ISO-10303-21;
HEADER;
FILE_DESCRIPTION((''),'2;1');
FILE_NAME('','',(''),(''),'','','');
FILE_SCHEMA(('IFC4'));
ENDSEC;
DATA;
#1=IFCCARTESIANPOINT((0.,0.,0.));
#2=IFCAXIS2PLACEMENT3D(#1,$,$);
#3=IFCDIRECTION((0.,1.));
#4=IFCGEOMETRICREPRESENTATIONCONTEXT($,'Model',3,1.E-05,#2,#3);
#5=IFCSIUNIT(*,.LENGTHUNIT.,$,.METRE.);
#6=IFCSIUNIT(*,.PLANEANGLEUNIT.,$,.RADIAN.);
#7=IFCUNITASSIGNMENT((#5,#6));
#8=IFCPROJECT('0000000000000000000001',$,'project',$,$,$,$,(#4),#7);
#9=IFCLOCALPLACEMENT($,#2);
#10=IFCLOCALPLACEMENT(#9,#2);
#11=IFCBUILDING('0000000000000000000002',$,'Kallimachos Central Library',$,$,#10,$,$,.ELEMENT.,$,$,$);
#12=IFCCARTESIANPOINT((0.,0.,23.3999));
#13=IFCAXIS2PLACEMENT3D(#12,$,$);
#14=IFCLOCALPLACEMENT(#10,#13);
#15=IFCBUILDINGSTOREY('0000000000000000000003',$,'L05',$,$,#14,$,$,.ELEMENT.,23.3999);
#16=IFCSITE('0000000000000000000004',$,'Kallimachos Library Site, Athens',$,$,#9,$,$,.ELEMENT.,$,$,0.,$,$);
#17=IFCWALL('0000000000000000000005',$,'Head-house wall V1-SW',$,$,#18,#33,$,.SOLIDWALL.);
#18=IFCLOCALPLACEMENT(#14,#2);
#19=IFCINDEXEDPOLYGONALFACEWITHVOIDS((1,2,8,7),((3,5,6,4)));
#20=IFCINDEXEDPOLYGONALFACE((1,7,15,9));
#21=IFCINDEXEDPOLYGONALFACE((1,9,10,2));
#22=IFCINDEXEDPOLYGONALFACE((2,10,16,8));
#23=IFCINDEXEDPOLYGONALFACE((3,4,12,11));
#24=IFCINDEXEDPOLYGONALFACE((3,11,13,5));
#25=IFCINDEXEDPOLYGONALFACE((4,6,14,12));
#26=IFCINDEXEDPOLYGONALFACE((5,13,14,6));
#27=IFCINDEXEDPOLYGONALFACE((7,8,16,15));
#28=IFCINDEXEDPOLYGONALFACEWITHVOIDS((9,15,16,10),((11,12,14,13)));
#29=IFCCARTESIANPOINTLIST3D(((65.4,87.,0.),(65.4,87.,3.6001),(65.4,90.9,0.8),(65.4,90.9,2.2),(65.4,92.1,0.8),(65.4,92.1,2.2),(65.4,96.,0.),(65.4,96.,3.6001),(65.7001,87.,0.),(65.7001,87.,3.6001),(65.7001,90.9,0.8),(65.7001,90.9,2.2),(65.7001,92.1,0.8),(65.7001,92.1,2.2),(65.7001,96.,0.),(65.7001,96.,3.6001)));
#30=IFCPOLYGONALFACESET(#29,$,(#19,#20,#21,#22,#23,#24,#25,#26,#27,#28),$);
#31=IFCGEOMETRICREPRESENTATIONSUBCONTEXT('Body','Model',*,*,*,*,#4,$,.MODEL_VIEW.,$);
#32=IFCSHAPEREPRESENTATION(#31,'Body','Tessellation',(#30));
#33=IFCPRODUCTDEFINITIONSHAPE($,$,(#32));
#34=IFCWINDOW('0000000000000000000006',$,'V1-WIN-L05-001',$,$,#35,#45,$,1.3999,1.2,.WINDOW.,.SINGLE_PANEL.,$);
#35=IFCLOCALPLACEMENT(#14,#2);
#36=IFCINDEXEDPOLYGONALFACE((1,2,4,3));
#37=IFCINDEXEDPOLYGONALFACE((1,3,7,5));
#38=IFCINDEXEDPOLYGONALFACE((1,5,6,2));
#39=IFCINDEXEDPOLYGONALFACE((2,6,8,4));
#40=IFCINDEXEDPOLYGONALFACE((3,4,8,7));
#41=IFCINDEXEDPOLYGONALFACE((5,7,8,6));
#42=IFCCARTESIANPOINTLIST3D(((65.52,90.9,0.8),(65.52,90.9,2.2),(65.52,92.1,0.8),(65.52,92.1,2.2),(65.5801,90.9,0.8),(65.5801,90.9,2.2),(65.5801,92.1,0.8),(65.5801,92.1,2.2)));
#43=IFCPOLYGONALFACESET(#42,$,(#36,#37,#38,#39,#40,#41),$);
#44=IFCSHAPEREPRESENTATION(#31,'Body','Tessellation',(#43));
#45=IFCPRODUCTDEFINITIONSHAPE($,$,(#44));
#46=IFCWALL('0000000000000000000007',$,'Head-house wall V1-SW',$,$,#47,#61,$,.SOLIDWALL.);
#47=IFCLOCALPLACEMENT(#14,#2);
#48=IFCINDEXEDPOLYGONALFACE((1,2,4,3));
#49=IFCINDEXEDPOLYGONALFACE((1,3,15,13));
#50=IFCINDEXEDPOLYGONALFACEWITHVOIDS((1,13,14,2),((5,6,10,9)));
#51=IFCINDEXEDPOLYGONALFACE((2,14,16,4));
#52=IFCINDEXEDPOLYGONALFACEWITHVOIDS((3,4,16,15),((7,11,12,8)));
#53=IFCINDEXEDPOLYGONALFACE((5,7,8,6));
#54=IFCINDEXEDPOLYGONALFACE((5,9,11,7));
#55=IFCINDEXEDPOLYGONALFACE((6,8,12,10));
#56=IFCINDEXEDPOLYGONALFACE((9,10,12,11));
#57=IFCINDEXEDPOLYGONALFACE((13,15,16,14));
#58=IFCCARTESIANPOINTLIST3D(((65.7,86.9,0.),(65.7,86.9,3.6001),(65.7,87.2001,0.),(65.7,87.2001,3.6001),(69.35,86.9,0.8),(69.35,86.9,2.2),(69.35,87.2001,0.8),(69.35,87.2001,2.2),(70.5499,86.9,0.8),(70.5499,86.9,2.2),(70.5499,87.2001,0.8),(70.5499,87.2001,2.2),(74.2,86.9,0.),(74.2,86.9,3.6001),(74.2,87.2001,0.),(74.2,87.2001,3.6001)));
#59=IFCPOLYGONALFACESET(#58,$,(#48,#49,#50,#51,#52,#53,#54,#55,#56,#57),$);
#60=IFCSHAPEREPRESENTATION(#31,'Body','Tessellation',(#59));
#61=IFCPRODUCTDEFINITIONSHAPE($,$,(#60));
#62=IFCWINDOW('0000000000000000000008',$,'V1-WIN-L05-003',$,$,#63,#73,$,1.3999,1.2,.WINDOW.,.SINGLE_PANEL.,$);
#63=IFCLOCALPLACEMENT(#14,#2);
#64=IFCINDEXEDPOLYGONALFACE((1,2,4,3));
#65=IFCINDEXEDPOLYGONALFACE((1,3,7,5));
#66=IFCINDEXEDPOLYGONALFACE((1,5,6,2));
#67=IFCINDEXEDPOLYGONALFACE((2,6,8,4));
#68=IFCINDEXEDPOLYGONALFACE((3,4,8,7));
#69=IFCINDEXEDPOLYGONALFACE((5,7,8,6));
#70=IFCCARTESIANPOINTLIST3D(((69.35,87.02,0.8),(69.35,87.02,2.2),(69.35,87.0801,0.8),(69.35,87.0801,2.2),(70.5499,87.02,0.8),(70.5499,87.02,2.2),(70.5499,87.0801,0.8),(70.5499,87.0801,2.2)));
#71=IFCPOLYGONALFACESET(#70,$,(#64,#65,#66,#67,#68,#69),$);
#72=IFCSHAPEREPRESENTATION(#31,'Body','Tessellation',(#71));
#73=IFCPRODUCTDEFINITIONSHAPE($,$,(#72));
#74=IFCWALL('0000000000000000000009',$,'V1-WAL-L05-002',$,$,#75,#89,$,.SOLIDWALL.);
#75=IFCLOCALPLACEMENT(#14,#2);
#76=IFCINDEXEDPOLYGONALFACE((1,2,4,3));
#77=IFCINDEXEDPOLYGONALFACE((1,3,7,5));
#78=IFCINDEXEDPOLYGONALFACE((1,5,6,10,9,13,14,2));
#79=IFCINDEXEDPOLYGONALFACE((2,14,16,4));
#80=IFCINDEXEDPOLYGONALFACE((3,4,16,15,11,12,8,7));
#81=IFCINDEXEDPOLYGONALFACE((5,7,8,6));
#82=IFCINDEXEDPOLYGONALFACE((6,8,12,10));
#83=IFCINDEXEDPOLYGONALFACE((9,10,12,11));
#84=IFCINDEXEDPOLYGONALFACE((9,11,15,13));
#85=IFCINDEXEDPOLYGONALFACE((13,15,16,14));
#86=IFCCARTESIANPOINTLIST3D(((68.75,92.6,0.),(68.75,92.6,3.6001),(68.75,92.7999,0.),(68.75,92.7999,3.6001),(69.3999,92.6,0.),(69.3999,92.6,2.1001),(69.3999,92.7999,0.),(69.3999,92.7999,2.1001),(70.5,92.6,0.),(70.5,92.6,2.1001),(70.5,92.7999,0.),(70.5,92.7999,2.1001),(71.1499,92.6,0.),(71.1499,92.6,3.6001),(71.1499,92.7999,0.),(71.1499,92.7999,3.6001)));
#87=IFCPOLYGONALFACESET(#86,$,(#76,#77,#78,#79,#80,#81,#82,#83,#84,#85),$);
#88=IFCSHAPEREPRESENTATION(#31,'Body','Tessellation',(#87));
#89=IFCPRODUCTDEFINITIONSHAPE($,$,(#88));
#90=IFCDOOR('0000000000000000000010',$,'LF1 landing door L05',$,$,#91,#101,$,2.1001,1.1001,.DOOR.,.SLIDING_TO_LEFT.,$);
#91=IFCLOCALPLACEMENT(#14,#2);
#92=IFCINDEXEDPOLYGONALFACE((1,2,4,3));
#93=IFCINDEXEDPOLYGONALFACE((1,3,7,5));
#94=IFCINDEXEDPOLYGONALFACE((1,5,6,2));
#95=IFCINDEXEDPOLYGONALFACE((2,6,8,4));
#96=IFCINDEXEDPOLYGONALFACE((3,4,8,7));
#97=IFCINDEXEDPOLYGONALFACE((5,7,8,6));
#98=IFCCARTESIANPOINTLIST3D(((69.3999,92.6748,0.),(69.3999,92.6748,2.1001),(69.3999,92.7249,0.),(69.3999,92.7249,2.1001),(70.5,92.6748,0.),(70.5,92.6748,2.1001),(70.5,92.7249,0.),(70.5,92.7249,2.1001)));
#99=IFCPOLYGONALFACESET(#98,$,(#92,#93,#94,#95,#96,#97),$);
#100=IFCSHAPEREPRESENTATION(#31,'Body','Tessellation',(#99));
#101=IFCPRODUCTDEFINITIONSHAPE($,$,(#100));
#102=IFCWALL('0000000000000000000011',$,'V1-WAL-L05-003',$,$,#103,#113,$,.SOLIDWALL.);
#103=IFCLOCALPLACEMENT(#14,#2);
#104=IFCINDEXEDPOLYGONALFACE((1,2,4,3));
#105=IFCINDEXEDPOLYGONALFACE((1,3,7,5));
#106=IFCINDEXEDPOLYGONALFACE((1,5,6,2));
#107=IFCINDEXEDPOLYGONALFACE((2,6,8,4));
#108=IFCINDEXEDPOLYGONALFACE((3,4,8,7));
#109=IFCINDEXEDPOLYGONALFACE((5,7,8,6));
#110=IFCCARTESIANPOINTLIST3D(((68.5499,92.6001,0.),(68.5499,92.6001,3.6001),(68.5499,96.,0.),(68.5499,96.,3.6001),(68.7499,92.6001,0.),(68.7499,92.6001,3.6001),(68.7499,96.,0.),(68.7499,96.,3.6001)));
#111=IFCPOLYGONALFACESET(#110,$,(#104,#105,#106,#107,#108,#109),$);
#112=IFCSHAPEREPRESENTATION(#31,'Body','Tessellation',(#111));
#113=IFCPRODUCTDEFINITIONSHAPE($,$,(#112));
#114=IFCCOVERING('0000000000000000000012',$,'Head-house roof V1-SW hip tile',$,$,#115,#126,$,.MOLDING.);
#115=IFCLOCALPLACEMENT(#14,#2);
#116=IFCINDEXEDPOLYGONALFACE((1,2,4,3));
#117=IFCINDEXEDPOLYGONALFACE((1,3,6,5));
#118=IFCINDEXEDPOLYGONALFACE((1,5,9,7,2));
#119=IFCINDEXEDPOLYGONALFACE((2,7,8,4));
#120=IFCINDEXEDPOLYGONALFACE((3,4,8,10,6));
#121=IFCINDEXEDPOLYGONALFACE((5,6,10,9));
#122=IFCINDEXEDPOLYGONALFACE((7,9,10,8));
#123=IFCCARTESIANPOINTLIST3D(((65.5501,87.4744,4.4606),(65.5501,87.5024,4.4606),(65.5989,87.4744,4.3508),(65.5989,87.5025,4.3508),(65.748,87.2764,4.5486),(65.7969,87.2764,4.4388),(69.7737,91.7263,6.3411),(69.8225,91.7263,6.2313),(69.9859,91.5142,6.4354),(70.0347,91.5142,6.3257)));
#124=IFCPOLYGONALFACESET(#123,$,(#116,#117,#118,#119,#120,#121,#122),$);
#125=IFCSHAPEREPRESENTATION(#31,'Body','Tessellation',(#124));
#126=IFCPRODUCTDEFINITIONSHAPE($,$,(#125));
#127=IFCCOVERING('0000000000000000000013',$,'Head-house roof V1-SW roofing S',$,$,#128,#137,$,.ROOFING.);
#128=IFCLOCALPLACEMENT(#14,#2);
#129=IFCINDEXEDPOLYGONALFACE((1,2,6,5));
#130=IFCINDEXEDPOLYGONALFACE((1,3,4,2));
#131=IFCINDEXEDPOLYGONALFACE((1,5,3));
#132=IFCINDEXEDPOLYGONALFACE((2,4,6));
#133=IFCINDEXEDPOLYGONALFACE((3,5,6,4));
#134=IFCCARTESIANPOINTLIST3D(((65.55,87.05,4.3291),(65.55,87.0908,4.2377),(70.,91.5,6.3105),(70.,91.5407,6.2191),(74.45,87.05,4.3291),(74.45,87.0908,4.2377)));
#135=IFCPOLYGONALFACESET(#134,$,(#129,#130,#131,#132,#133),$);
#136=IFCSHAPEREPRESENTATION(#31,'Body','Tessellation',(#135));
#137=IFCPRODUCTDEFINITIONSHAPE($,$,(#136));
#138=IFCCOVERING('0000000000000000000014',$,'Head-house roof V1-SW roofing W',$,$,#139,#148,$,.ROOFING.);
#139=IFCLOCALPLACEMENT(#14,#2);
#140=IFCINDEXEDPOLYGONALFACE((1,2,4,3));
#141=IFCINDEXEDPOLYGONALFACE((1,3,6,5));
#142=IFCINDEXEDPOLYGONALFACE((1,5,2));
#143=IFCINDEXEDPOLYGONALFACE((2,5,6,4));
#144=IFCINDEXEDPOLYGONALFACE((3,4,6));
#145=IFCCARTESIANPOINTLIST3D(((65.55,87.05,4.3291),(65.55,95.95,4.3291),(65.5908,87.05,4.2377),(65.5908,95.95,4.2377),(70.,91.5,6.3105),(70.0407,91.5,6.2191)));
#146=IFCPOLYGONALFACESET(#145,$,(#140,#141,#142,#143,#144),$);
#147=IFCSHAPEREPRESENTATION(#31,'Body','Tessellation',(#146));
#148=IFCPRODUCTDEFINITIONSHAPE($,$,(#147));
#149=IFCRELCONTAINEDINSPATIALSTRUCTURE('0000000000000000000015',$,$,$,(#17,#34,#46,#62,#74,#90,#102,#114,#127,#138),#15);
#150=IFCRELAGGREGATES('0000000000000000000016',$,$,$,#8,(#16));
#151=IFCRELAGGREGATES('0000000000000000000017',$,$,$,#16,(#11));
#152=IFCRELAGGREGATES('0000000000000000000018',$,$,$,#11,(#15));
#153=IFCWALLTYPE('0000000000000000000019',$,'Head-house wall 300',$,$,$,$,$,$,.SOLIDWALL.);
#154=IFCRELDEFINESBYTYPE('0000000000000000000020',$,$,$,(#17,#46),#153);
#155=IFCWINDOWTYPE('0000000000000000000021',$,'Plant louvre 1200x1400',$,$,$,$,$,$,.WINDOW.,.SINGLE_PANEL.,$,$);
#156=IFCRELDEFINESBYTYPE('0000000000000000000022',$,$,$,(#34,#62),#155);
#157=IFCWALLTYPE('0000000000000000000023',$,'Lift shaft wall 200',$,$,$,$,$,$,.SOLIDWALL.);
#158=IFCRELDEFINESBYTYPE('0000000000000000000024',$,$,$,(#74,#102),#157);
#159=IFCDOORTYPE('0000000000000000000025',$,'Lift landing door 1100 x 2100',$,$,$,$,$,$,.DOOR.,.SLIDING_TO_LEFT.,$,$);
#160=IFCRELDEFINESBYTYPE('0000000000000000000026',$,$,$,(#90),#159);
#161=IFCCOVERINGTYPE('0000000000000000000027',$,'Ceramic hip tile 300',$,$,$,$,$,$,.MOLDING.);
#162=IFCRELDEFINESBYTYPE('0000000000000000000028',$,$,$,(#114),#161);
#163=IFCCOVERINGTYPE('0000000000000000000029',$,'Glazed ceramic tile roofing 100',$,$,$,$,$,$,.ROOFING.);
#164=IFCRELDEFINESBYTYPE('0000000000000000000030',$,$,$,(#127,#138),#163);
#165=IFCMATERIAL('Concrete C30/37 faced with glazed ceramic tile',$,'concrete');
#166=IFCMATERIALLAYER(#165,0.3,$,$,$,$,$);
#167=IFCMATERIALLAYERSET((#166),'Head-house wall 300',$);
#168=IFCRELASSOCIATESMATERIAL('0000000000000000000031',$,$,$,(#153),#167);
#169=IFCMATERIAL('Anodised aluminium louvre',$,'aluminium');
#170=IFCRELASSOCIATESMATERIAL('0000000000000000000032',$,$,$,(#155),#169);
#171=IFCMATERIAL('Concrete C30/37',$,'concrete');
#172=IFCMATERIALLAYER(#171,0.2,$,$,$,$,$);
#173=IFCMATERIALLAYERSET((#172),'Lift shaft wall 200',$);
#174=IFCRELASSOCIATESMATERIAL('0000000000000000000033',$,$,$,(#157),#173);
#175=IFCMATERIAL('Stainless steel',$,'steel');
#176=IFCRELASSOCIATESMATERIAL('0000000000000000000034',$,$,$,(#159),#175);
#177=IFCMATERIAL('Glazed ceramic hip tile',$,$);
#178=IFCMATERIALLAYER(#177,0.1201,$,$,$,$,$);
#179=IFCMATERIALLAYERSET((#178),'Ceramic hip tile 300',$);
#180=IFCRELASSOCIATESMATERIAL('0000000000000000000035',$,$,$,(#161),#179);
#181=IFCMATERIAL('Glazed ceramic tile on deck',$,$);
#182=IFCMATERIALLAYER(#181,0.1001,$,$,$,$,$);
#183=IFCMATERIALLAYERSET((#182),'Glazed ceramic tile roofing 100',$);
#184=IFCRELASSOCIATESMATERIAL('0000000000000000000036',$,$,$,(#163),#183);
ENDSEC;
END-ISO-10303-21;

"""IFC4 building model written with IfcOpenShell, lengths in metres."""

from ifc_helpers import new_model, si_unit, direction, frame, frame_2d, origin, place, context, subcontext, project, spatial, polyline, rectangle, outline, extrude, material, layer, layer_set, type_object, element, fill, save


model = new_model("IFC4")

# Units and contexts
model_context = context("Model", 3, precision=1e-05, world=origin(), true_north=direction((0.0, 1.0)))
body_context = subcontext(model_context, "Body", "Model", "MODEL_VIEW")
ifc_project = project(units=[si_unit("LENGTHUNIT", "METRE"), si_unit("PLANEANGLEUNIT", "RADIAN")], contexts=[model_context])

# Site, building, storey
site_placement = place(None, origin())
site = spatial("IfcSite", under=ifc_project, at=site_placement, Name="Kallimachos Library Site, Athens", CompositionType="ELEMENT", RefElevation=0.0)
building_placement = place(site_placement, origin())
building = spatial("IfcBuilding", under=site, at=building_placement, Name="Kallimachos Central Library", CompositionType="ELEMENT")
storey_placement = place(building_placement, frame((0.0, 0.0, 23.3999)))
storey = spatial("IfcBuildingStorey", under=building, at=storey_placement, Name="L05", CompositionType="ELEMENT", Elevation=23.3999)

# Walls, openings, windows
ifc_material_1 = material(Name="Concrete C30/37 faced with glazed ceramic tile", Category="concrete")
ifc_layer_1 = layer(ifc_material_1, 0.3)
ifc_layer_set_1 = layer_set([ifc_layer_1], Name="Head-house wall 300")
wall_type_1 = type_object("IfcWallType", Name="Head-house wall 300", PredefinedType="SOLIDWALL", material=ifc_layer_set_1)
wall_1_placement = place(storey_placement, frame((65.55, 87.0, 0.0), z_axis=(0.0, 0.0, 1.0), x_axis=(0.0, 1.0, 0.0)))
wall_1 = element("IfcWall", 1, at=wall_1_placement, inside=storey, type_object=wall_type_1, Name="Head-house wall V1-SW", PredefinedType="SOLIDWALL", context=body_context, shape_type="SweptSolid", body=[
    extrude(rectangle(XDim=9.0, YDim=0.3, at=frame_2d((4.5, 0.0))), origin(), (0.0, 0.0, 1.0), 3.6001),
])
opening_1_placement = place(wall_1_placement, frame((3.8999, 0.0, 0.8)))
opening_1 = element("IfcOpeningElement", 2, at=opening_1_placement, cuts=wall_1, PredefinedType="OPENING", context=body_context, shape_type="SweptSolid", body=[
    extrude(rectangle(XDim=1.2, YDim=1.3999, at=frame_2d((0.6001, 0.7))), frame((0.0, 0.1599, 0.0), z_axis=(0.0, -1.0, 0.0), x_axis=(1.0, 0.0, 0.0)), (0.0, 0.0, 1.0), 0.3201),
])
ifc_material_2 = material(Name="Anodised aluminium louvre", Category="aluminium")
window_type = type_object("IfcWindowType", Name="Plant louvre 1200x1400", PartitioningType="SINGLE_PANEL", PredefinedType="WINDOW", material=ifc_material_2)
window_1_placement = place(opening_1_placement, origin())
window_1 = element("IfcWindow", 3, at=window_1_placement, inside=storey, type_object=window_type, Name="V1-WIN-L05-001", OverallHeight=1.3999, OverallWidth=1.2, PartitioningType="SINGLE_PANEL", PredefinedType="WINDOW", context=body_context, shape_type="SweptSolid", body=[
    extrude(rectangle(XDim=1.2, YDim=1.3999, at=frame_2d((0.6001, 0.7))), frame((0.0, 0.03, 0.0), z_axis=(0.0, -1.0, 0.0), x_axis=(1.0, 0.0, 0.0)), (0.0, 0.0, 1.0), 0.0601),
])
fill(opening_1, window_1)
wall_2_placement = place(storey_placement, frame((65.7, 87.05, 0.0), z_axis=(0.0, 0.0, 1.0), x_axis=(1.0, 0.0, 0.0)))
wall_2 = element("IfcWall", 4, at=wall_2_placement, inside=storey, type_object=wall_type_1, Name="Head-house wall V1-SW", PredefinedType="SOLIDWALL", context=body_context, shape_type="SweptSolid", body=[
    extrude(rectangle(XDim=8.5, YDim=0.3, at=frame_2d((4.25, 0.0))), origin(), (0.0, 0.0, 1.0), 3.6001),
])
opening_2_placement = place(wall_2_placement, frame((3.6499, 0.0, 0.8)))
opening_2 = element("IfcOpeningElement", 5, at=opening_2_placement, cuts=wall_2, PredefinedType="OPENING", context=body_context, shape_type="SweptSolid", body=[
    extrude(rectangle(XDim=1.2, YDim=1.3999, at=frame_2d((0.6001, 0.7))), frame((0.0, 0.1599, 0.0), z_axis=(0.0, -1.0, 0.0), x_axis=(1.0, 0.0, 0.0)), (0.0, 0.0, 1.0), 0.3201),
])
window_2_placement = place(opening_2_placement, origin())
window_2 = element("IfcWindow", 6, at=window_2_placement, inside=storey, type_object=window_type, Name="V1-WIN-L05-003", OverallHeight=1.3999, OverallWidth=1.2, PartitioningType="SINGLE_PANEL", PredefinedType="WINDOW", context=body_context, shape_type="SweptSolid", body=[
    extrude(rectangle(XDim=1.2, YDim=1.3999, at=frame_2d((0.6001, 0.7))), frame((0.0, 0.03, 0.0), z_axis=(0.0, -1.0, 0.0), x_axis=(1.0, 0.0, 0.0)), (0.0, 0.0, 1.0), 0.0601),
])
fill(opening_2, window_2)

# Wall, opening, door
ifc_material_3 = material(Name="Concrete C30/37", Category="concrete")
ifc_layer_2 = layer(ifc_material_3, 0.2)
ifc_layer_set_2 = layer_set([ifc_layer_2], Name="Lift shaft wall 200")
wall_type_2 = type_object("IfcWallType", Name="Lift shaft wall 200", PredefinedType="SOLIDWALL", material=ifc_layer_set_2)
wall_3_placement = place(storey_placement, frame((68.75, 92.7, 0.0), z_axis=(0.0, 0.0, 1.0), x_axis=(1.0, 0.0, 0.0)))
wall_3 = element("IfcWall", 7, at=wall_3_placement, inside=storey, type_object=wall_type_2, Name="V1-WAL-L05-002", PredefinedType="SOLIDWALL", context=body_context, shape_type="SweptSolid", body=[
    extrude(rectangle(XDim=2.3999, YDim=0.2, at=frame_2d((1.2, 0.0))), origin(), (0.0, 0.0, 1.0), 3.6001),
])
opening_3_placement = place(wall_3_placement, frame((0.6499, 0.0, 0.0)))
opening_3 = element("IfcOpeningElement", 8, at=opening_3_placement, cuts=wall_3, PredefinedType="OPENING", context=body_context, shape_type="SweptSolid", body=[
    extrude(rectangle(XDim=1.1001, YDim=2.1001, at=frame_2d((0.55, 1.05))), frame((0.0, 0.1099, 0.0), z_axis=(0.0, -1.0, 0.0), x_axis=(1.0, 0.0, 0.0)), (0.0, 0.0, 1.0), 0.22),
])
ifc_material_4 = material(Name="Stainless steel", Category="steel")
door_type = type_object("IfcDoorType", Name="Lift landing door 1100 x 2100", OperationType="SLIDING_TO_LEFT", PredefinedType="DOOR", material=ifc_material_4)
door_placement = place(opening_3_placement, origin())
door = element("IfcDoor", 9, at=door_placement, inside=storey, type_object=door_type, Name="LF1 landing door L05", OperationType="SLIDING_TO_LEFT", OverallHeight=2.1001, OverallWidth=1.1001, PredefinedType="DOOR", context=body_context, shape_type="SweptSolid", body=[
    extrude(rectangle(XDim=1.1001, YDim=2.1001, at=frame_2d((0.55, 1.05))), frame((0.0, 0.0249, 0.0), z_axis=(0.0, -1.0, 0.0), x_axis=(1.0, 0.0, 0.0)), (0.0, 0.0, 1.0), 0.05),
])
fill(opening_3, door)

# Wall
wall_4_placement = place(storey_placement, frame((68.6499, 92.6001, 0.0), z_axis=(0.0, 0.0, 1.0), x_axis=(0.0, 1.0, 0.0)))
element("IfcWall", 10, at=wall_4_placement, inside=storey, type_object=wall_type_2, Name="V1-WAL-L05-003", PredefinedType="SOLIDWALL", context=body_context, shape_type="SweptSolid", body=[
    extrude(rectangle(XDim=3.3999, YDim=0.2, at=frame_2d((1.7, 0.0))), origin(), (0.0, 0.0, 1.0), 3.6001),
])

# Coverings
ifc_material_5 = material(Name="Glazed ceramic hip tile")
ifc_layer_3 = layer(ifc_material_5, 0.1201)
ifc_layer_set_3 = layer_set([ifc_layer_3], Name="Ceramic hip tile 300")
covering_type_1 = type_object("IfcCoveringType", Name="Ceramic hip tile 300", PredefinedType="MOLDING", material=ifc_layer_set_3)
covering_1_placement = place(storey_placement, frame((65.748, 87.2764, 4.5486), z_axis=(-0.406522, -0.000262, 0.913641), x_axis=(-0.674462, 0.674653, -0.299907)))
element("IfcCovering", 11, at=covering_1_placement, inside=storey, type_object=covering_type_1, Name="Head-house roof V1-SW hip tile", PredefinedType="MOLDING", context=body_context, shape_type="SweptSolid", body=[
    extrude(outline(polyline([(0.0, 0.0), (0.2935, 0.0), (0.3124, -0.0207), (-0.2505, -6.2576), (-0.5651, -6.2577), (0.0, 0.0)])), origin(), (0.0, 0.0, -1.0), 0.1201),
])
ifc_material_6 = material(Name="Glazed ceramic tile on deck")
ifc_layer_4 = layer(ifc_material_6, 0.1001)
ifc_layer_set_4 = layer_set([ifc_layer_4], Name="Glazed ceramic tile roofing 100")
covering_type_2 = type_object("IfcCoveringType", Name="Glazed ceramic tile roofing 100", PredefinedType="ROOFING", material=ifc_layer_set_4)
covering_2_placement = place(storey_placement, frame((65.55, 87.05, 4.3291), z_axis=(0.0, -0.406771, 0.91353), x_axis=(1.0, 0.0, 0.0)))
element("IfcCovering", 12, at=covering_2_placement, inside=storey, type_object=covering_type_2, Name="Head-house roof V1-SW roofing S", PredefinedType="ROOFING", context=body_context, shape_type="SweptSolid", body=[
    extrude(outline(polyline([(0.0, 0.0), (8.8999, 0.0), (4.45, 4.8712), (0.0, 0.0)])), origin(), (0.0, 0.0, -1.0), 0.1001),
])
covering_3_placement = place(storey_placement, frame((65.55, 87.05, 4.3291), z_axis=(-0.406771, 0.0, 0.91353), x_axis=(0.674465, 0.674465, 0.300322)))
element("IfcCovering", 13, at=covering_3_placement, inside=storey, type_object=covering_type_2, Name="Head-house roof V1-SW roofing W", PredefinedType="ROOFING", context=body_context, shape_type="SweptSolid", body=[
    extrude(outline(polyline([(0.0, 0.0), (6.5977, 0.0), (6.0027, 6.5709), (0.0, 0.0)])), origin(), (0.0, 0.0, -1.0), 0.1001),
])

save(model, "model.ifc")
